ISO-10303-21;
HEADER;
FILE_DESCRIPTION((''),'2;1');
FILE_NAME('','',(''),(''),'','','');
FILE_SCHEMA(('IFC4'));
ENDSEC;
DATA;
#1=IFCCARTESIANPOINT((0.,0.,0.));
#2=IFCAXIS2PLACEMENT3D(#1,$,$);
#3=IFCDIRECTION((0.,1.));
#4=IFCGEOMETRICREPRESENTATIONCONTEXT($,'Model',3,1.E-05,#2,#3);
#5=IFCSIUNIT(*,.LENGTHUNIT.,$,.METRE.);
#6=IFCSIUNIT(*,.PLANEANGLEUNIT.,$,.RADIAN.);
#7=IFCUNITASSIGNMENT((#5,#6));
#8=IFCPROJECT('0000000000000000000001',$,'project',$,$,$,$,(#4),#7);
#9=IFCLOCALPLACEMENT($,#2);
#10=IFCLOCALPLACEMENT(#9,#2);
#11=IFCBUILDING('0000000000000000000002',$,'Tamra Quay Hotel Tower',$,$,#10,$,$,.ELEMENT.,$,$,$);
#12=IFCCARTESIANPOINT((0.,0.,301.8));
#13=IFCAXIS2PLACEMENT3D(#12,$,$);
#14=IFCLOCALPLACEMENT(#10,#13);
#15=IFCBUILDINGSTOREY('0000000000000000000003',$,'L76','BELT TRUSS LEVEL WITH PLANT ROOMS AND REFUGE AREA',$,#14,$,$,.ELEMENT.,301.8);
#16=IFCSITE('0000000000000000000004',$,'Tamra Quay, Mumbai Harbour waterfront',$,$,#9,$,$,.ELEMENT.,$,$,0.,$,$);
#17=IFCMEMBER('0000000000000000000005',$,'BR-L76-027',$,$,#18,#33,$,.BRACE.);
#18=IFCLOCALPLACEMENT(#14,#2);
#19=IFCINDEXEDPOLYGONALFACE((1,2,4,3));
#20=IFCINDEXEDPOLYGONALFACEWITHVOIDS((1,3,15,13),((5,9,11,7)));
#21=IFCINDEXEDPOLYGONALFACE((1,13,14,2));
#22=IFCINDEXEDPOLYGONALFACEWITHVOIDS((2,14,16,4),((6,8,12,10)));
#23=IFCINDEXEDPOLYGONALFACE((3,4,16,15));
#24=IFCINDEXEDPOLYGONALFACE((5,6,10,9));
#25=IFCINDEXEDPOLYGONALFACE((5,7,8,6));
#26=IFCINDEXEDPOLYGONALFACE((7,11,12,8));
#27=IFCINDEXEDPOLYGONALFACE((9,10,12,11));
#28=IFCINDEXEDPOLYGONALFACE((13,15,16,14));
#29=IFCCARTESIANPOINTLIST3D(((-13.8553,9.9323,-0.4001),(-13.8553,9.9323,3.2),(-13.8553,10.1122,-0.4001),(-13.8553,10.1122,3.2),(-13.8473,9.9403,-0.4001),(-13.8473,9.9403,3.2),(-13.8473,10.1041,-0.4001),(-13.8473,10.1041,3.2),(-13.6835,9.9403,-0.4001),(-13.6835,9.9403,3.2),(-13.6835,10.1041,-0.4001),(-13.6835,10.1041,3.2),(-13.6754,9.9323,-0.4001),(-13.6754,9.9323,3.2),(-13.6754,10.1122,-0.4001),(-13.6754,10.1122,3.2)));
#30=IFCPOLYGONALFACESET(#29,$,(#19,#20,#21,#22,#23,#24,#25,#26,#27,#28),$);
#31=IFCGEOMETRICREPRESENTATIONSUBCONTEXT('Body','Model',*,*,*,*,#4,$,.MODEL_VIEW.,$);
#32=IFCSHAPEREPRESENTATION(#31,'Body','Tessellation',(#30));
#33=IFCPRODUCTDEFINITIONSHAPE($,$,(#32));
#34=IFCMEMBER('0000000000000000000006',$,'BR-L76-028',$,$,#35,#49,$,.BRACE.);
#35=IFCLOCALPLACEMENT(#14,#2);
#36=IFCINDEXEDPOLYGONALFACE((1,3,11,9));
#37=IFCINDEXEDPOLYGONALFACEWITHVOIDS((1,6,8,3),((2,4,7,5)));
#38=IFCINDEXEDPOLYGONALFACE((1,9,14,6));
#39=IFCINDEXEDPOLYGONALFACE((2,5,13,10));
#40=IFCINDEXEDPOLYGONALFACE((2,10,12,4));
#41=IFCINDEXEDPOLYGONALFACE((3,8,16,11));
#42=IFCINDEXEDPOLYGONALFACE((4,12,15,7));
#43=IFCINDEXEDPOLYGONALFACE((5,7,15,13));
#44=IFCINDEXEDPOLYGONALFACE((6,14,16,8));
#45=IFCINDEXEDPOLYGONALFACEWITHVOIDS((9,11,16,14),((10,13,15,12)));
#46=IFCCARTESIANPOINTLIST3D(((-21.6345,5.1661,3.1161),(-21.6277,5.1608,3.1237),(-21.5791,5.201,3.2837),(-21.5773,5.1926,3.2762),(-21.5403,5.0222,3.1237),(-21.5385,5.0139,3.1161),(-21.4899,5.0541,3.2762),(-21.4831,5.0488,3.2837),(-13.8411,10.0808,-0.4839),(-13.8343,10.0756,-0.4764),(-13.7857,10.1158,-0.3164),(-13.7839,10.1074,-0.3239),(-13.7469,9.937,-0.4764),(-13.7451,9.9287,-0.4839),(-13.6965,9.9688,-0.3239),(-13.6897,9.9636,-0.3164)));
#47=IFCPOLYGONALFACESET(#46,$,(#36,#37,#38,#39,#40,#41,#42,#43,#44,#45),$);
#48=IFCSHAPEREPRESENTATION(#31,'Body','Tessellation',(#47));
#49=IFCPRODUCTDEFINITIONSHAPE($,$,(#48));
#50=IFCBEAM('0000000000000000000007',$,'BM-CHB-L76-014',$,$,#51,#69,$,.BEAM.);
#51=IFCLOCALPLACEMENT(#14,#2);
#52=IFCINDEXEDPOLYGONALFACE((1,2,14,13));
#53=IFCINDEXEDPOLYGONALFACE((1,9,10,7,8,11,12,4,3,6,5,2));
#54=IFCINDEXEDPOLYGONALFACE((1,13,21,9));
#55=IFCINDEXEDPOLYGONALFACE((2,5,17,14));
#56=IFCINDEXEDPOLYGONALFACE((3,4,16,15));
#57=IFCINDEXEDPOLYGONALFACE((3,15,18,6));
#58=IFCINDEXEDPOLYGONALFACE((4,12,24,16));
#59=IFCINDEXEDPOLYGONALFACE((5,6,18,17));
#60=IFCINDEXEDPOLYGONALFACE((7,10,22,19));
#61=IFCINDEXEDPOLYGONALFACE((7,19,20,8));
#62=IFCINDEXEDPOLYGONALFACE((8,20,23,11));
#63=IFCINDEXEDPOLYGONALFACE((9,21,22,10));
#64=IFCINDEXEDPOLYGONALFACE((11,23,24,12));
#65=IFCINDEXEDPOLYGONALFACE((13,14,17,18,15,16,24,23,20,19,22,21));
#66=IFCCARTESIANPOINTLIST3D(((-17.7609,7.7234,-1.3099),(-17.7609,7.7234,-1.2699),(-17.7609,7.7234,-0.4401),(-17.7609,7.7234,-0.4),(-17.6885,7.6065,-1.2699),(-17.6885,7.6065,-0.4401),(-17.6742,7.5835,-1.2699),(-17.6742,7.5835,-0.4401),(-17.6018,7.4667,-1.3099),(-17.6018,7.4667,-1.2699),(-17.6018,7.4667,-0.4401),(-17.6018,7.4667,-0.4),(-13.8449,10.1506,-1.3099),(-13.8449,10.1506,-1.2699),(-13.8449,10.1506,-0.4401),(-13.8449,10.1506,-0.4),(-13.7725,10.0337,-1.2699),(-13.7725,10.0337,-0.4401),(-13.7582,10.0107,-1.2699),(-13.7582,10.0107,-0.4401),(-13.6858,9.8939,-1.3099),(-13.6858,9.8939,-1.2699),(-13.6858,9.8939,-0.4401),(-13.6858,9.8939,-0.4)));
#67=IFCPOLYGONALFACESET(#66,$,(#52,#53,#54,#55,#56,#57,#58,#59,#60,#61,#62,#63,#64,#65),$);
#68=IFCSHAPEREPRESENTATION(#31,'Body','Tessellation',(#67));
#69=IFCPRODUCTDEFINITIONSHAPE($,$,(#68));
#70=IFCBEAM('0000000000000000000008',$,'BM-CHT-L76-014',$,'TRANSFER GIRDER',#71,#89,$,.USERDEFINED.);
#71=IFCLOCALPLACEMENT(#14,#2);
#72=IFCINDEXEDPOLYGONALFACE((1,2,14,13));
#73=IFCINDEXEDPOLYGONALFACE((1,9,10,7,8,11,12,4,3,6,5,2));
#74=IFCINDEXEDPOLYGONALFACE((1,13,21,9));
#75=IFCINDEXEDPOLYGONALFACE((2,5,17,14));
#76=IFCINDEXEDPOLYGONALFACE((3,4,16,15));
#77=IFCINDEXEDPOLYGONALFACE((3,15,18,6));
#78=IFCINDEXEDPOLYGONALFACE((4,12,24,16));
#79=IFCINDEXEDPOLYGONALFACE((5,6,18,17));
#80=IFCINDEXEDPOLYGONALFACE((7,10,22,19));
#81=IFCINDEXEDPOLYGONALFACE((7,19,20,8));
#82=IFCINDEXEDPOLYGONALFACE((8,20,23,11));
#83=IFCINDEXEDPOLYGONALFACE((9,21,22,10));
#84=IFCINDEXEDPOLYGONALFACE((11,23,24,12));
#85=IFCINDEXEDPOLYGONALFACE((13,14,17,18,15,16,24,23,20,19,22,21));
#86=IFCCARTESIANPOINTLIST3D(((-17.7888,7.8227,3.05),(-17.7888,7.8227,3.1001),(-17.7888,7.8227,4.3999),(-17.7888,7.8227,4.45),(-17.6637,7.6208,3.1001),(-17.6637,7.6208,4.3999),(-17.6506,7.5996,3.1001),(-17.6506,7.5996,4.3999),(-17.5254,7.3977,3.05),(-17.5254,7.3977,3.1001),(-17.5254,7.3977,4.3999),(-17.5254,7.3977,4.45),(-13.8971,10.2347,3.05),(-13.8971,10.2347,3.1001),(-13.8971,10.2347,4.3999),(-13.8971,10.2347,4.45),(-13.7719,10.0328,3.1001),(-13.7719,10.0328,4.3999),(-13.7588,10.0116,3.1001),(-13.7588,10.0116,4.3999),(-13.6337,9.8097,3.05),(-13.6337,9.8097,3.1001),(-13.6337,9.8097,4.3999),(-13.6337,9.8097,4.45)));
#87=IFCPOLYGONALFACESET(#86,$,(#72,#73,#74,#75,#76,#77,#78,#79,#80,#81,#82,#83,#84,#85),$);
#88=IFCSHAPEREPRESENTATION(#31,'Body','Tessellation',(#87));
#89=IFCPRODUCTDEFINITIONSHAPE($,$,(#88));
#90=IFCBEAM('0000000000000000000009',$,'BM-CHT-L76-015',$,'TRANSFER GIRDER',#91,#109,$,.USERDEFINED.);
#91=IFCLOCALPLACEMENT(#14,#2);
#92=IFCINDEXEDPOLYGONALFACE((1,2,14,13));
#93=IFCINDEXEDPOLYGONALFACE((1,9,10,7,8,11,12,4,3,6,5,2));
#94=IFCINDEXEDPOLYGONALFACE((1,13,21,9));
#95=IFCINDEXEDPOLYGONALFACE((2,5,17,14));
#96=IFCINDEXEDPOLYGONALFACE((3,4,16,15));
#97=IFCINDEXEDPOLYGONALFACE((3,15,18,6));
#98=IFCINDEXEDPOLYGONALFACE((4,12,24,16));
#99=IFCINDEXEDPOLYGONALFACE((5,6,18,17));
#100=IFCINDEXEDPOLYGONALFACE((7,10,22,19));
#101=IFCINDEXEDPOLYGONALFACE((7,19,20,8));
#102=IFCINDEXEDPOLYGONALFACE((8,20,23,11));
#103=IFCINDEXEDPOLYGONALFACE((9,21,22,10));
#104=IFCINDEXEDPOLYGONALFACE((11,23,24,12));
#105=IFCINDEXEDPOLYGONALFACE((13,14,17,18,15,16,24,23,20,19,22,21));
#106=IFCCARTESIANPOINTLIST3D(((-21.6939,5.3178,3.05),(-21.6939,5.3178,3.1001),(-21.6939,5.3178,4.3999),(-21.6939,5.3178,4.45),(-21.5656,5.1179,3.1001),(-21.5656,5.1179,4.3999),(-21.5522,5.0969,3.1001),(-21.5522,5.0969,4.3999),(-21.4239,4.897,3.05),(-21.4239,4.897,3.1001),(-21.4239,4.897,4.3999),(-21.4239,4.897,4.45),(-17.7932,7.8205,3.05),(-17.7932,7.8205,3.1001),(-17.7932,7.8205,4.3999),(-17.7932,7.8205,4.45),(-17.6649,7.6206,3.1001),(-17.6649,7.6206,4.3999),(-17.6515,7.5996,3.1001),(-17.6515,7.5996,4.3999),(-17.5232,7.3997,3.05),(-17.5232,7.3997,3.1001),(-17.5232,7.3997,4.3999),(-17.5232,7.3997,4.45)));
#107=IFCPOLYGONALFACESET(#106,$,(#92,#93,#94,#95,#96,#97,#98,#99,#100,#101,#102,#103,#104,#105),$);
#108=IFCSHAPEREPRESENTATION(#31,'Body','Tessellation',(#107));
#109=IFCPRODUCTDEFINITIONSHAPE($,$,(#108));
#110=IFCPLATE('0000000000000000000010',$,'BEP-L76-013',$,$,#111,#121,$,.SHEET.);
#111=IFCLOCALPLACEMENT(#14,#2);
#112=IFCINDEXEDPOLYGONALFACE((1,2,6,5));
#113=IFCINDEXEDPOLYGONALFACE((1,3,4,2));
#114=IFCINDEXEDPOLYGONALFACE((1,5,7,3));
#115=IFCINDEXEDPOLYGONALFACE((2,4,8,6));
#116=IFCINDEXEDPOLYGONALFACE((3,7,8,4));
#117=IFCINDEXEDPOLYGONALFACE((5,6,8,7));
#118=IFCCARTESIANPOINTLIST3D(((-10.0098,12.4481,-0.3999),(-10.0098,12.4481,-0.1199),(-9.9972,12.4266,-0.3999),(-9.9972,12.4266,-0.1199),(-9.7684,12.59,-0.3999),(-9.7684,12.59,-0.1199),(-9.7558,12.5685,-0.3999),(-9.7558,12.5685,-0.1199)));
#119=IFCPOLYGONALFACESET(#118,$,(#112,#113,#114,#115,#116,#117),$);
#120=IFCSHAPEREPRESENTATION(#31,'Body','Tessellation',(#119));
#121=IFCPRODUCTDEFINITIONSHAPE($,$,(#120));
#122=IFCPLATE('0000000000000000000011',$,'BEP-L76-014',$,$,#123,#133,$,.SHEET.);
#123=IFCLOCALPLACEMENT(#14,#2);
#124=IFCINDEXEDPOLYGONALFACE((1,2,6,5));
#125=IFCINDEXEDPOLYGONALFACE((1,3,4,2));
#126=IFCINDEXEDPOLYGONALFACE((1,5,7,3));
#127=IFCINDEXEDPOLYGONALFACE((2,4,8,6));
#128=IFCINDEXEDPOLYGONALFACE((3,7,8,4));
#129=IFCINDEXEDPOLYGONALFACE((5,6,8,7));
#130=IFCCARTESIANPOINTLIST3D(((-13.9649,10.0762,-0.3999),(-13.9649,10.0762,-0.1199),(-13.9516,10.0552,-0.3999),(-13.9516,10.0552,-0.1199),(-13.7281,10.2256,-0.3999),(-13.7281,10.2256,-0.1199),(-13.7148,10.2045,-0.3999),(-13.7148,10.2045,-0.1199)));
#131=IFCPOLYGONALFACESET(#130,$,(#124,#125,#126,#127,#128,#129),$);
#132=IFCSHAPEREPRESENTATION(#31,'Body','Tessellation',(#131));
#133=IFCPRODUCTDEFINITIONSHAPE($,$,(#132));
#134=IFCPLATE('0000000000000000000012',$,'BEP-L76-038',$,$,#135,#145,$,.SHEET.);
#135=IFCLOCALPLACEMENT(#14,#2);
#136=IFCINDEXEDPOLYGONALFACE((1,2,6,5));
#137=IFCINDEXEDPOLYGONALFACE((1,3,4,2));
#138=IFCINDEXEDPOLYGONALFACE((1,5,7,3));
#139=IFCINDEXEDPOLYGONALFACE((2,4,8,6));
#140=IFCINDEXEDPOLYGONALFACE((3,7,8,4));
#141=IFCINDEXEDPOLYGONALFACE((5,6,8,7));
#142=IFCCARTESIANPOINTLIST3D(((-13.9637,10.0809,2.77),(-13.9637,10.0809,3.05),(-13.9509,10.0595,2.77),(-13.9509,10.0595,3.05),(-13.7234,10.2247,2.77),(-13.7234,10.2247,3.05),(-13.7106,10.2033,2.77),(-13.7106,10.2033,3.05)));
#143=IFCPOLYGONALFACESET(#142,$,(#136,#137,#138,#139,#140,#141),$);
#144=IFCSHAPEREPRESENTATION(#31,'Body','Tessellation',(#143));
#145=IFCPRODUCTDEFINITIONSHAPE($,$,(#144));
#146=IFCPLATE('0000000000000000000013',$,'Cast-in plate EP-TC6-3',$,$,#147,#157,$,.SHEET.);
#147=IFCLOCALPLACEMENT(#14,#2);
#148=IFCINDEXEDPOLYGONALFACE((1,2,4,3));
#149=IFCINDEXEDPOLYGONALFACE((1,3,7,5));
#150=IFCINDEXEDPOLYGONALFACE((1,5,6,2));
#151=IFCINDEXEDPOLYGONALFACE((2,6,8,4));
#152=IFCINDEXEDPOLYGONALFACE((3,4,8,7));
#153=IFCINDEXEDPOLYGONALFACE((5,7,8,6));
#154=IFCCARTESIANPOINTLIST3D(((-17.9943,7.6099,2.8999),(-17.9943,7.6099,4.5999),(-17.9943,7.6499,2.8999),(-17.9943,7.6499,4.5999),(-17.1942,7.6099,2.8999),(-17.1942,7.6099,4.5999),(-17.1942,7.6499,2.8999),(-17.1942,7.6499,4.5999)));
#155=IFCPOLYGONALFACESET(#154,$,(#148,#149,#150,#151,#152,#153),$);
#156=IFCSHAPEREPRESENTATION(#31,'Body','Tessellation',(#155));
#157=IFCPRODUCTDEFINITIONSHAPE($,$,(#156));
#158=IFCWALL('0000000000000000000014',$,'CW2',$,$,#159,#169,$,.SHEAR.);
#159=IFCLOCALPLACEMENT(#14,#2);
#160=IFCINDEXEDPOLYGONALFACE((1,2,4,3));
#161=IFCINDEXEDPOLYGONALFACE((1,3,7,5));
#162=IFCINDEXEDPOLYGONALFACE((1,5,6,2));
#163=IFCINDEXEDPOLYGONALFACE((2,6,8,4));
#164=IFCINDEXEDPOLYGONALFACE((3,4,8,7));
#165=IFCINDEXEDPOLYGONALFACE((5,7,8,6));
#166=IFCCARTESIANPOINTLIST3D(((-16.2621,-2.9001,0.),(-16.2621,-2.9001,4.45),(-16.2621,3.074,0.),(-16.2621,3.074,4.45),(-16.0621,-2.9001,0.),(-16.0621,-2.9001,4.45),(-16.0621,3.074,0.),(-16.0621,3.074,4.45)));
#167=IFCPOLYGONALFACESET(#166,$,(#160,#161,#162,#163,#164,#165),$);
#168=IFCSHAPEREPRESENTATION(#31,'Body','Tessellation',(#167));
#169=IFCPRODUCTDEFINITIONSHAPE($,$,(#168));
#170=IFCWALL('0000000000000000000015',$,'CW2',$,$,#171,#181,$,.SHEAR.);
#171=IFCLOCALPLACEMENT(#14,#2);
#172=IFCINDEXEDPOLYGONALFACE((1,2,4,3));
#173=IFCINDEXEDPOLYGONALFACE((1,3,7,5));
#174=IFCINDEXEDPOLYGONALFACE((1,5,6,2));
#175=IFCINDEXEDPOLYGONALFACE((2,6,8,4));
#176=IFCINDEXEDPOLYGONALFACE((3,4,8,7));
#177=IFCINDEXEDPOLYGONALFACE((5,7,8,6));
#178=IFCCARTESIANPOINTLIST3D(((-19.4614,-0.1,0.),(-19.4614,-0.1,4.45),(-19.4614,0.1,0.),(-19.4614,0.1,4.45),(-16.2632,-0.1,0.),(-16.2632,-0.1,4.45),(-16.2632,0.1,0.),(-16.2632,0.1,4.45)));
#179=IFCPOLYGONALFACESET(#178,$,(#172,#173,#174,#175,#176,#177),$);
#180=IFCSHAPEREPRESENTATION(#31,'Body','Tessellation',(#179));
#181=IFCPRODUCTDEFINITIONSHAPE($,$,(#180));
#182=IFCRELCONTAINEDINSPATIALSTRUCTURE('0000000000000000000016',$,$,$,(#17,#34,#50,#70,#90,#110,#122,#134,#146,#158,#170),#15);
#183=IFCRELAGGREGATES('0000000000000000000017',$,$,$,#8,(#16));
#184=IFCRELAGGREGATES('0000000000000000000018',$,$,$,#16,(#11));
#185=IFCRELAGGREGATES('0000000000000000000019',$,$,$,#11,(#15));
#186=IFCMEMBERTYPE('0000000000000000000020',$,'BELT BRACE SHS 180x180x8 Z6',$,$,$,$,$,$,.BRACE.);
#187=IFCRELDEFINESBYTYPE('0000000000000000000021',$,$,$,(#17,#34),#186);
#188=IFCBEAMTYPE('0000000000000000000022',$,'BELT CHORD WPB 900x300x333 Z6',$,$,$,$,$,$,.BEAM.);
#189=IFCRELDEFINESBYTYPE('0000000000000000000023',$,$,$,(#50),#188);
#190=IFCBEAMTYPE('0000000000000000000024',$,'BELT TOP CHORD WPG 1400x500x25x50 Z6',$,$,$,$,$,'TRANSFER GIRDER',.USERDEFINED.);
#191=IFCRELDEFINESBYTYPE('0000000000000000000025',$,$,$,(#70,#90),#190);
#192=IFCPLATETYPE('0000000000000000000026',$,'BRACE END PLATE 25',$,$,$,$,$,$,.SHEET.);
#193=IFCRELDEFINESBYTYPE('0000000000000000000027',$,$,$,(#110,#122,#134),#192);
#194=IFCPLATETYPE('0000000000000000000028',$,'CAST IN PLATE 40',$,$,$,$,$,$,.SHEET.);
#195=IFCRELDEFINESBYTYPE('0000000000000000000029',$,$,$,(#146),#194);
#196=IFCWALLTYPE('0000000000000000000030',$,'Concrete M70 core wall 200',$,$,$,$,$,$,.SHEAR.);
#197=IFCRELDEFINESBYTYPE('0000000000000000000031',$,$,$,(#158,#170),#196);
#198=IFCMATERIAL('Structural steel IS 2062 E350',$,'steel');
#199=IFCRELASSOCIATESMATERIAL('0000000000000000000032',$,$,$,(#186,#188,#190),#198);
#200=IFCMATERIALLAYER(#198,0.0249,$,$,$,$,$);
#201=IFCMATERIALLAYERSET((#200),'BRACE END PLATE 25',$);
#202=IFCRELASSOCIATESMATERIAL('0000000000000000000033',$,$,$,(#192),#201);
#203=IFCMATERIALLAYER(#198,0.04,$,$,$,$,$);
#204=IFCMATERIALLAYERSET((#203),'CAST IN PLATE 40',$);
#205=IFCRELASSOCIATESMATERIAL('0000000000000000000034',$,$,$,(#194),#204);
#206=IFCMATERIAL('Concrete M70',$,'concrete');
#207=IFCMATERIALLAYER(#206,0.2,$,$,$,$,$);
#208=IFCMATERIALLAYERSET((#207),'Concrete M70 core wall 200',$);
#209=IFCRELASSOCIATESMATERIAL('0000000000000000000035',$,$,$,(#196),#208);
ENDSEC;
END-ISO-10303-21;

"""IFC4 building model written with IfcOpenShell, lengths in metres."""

from ifc_helpers import new_model, si_unit, direction, frame, frame_2d, origin, origin_2d, place, context, subcontext, project, spatial, rectangle, hollow_rectangle, i_section, extrude, material, layer, layer_set, material_profile, profile_set, type_object, element, save


model = new_model("IFC4")

# Units and contexts
model_context = context("Model", 3, precision=1e-05, world=origin(), true_north=direction((0.0, 1.0)))
body_context = subcontext(model_context, "Body", "Model", "MODEL_VIEW")
ifc_project = project(units=[si_unit("LENGTHUNIT", "METRE"), si_unit("PLANEANGLEUNIT", "RADIAN")], contexts=[model_context])

# Site, building, storey
site_placement = place(None, origin())
site = spatial("IfcSite", under=ifc_project, at=site_placement, Name="Tamra Quay, Mumbai Harbour waterfront", CompositionType="ELEMENT", RefElevation=0.0)
building_placement = place(site_placement, origin())
building = spatial("IfcBuilding", under=site, at=building_placement, Name="Tamra Quay Hotel Tower", CompositionType="ELEMENT")
storey_placement = place(building_placement, frame((0.0, 0.0, 301.8)))
storey = spatial("IfcBuildingStorey", under=building, at=storey_placement, Name="L76", Description="BELT TRUSS LEVEL WITH PLANT ROOMS AND REFUGE AREA", CompositionType="ELEMENT", Elevation=301.8)

# Members
ifc_material_1 = material(Name="Structural steel IS 2062 E350", Category="steel")
ifc_material_profile_1 = material_profile(ifc_material_1, hollow_rectangle(XDim=0.1799, YDim=0.1799, WallThickness=0.0081, at=origin_2d()), Name="SHS 180x180x8")
ifc_profile_set_1 = profile_set([ifc_material_profile_1], Name="Structural steel IS 2062 E350")
member_type = type_object("IfcMemberType", Name="BELT BRACE SHS 180x180x8 Z6", PredefinedType="BRACE", material=ifc_profile_set_1)
member_1_placement = place(storey_placement, frame((-13.7654, 10.0222, -0.4001), z_axis=(0.0, 0.0, 1.0), x_axis=(1.0, 0.0, 0.0)))
element("IfcMember", 1, at=member_1_placement, inside=storey, type_object=member_type, Name="BR-L76-027", PredefinedType="BRACE", context=body_context, shape_type="SweptSolid", body=[
    extrude(hollow_rectangle(XDim=0.1799, YDim=0.1799, WallThickness=0.0081, at=origin_2d()), origin(), (0.0, 0.0, 1.0), 3.6001),
])
member_2_placement = place(storey_placement, frame((-13.7654, 10.0222, -0.4001), z_axis=(-0.787846, -0.49684, 0.363936), x_axis=(0.53342, -0.845851, 0.0)))
element("IfcMember", 2, at=member_2_placement, inside=storey, type_object=member_type, Name="BR-L76-028", PredefinedType="BRACE", context=body_context, shape_type="SweptSolid", body=[
    extrude(hollow_rectangle(XDim=0.1799, YDim=0.1799, WallThickness=0.0081, at=origin_2d()), origin(), (0.0, 0.0, 1.0), 9.8921),
])

# Beams
ifc_material_profile_2 = material_profile(ifc_material_1, i_section(OverallWidth=0.302, OverallDepth=0.9099, WebThickness=0.0271, FlangeThickness=0.04, at=origin_2d()), Name="WPB 900x300x333")
ifc_profile_set_2 = profile_set([ifc_material_profile_2], Name="Structural steel IS 2062 E350")
beam_type_1 = type_object("IfcBeamType", Name="BELT CHORD WPB 900x300x333 Z6", PredefinedType="BEAM", material=ifc_profile_set_2)
beam_1_placement = place(storey_placement, frame((-13.7654, 10.0222, -0.855), z_axis=(-0.849969, -0.526832, 0.0), x_axis=(0.526832, -0.849969, 0.0)))
element("IfcBeam", 3, at=beam_1_placement, inside=storey, type_object=beam_type_1, Name="BM-CHB-L76-014", PredefinedType="BEAM", context=body_context, shape_type="SweptSolid", body=[
    extrude(i_section(OverallWidth=0.302, OverallDepth=0.9099, WebThickness=0.0271, FlangeThickness=0.04, at=origin_2d()), origin(), (0.0, 0.0, 1.0), 4.6072),
])
ifc_material_profile_3 = material_profile(ifc_material_1, i_section(OverallWidth=0.5, OverallDepth=1.3999, WebThickness=0.0249, FlangeThickness=0.05, at=origin_2d()), Name="WPG 1400x500x25x50")
ifc_profile_set_3 = profile_set([ifc_material_profile_3], Name="Structural steel IS 2062 E350")
beam_type_2 = type_object("IfcBeamType", Name="BELT TOP CHORD WPG 1400x500x25x50 Z6", ElementType="TRANSFER GIRDER", PredefinedType="USERDEFINED", material=ifc_profile_set_3)
beam_2_placement = place(storey_placement, frame((-13.7654, 10.0222, 3.75), z_axis=(-0.849984, -0.526808, 0.0), x_axis=(0.526808, -0.849984, 0.0)))
element("IfcBeam", 4, at=beam_2_placement, inside=storey, type_object=beam_type_2, Name="BM-CHT-L76-014", ObjectType="TRANSFER GIRDER", PredefinedType="USERDEFINED", context=body_context, shape_type="SweptSolid", body=[
    extrude(i_section(OverallWidth=0.5, OverallDepth=1.3999, WebThickness=0.0249, FlangeThickness=0.05, at=origin_2d()), origin(), (0.0, 0.0, 1.0), 4.5786),
])
beam_3_placement = place(storey_placement, frame((-17.6582, 7.6101, 3.75), z_axis=(-0.841656, -0.540015, 0.0), x_axis=(0.540015, -0.841656, 0.0)))
element("IfcBeam", 5, at=beam_3_placement, inside=storey, type_object=beam_type_2, Name="BM-CHT-L76-015", ObjectType="TRANSFER GIRDER", PredefinedType="USERDEFINED", context=body_context, shape_type="SweptSolid", body=[
    extrude(i_section(OverallWidth=0.5, OverallDepth=1.3999, WebThickness=0.0249, FlangeThickness=0.05, at=origin_2d()), origin(), (0.0, 0.0, 1.0), 4.6345),
])

# Plates
ifc_layer_1 = layer(ifc_material_1, 0.0249)
ifc_layer_set_1 = layer_set([ifc_layer_1], Name="BRACE END PLATE 25")
plate_type_1 = type_object("IfcPlateType", Name="BRACE END PLATE 25", PredefinedType="SHEET", material=ifc_layer_set_1)
for number, where, z_axis, x_axis, name in (
    (6, (-9.8828, 12.5083, -0.3999), (0.0, 0.0, 1.0), (-0.506753, 0.862091, 0.0), "BEP-L76-013"),
    (7, (-13.8398, 10.1404, -0.3999), (0.0, 0.0, 1.0), (-0.533421, 0.84585, 0.0), "BEP-L76-014"),
    (8, (-13.8372, 10.1421, 2.77), (0.0, 0.0, 1.0), (-0.513477, 0.858103, 0.0), "BEP-L76-038"),
):
    element("IfcPlate", number, at=place(storey_placement, frame(where, z_axis=z_axis, x_axis=x_axis)), inside=storey, type_object=plate_type_1, Name=name, PredefinedType="SHEET", context=body_context, shape_type="SweptSolid", body=[
        extrude(rectangle(XDim=0.0249, YDim=0.28, at=origin_2d()), origin(), (0.0, 0.0, 1.0), 0.28),
    ])
ifc_layer_2 = layer(ifc_material_1, 0.04)
ifc_layer_set_2 = layer_set([ifc_layer_2], Name="CAST IN PLATE 40")
plate_type_2 = type_object("IfcPlateType", Name="CAST IN PLATE 40", PredefinedType="SHEET", material=ifc_layer_set_2)
plate_placement = place(storey_placement, frame((-17.5942, 7.6299, 2.8999), z_axis=(0.0, 0.0, 1.0), x_axis=(0.0, -1.0, 0.0)))
element("IfcPlate", 9, at=plate_placement, inside=storey, type_object=plate_type_2, Name="Cast-in plate EP-TC6-3", PredefinedType="SHEET", context=body_context, shape_type="SweptSolid", body=[
    extrude(rectangle(XDim=0.04, YDim=0.8, at=origin_2d()), origin(), (0.0, 0.0, 1.0), 1.7),
])

# Walls
ifc_material_2 = material(Name="Concrete M70", Category="concrete")
ifc_layer_3 = layer(ifc_material_2, 0.2)
ifc_layer_set_3 = layer_set([ifc_layer_3], Name="Concrete M70 core wall 200")
wall_type_1 = type_object("IfcWallType", Name="Concrete M70 core wall 200", PredefinedType="SHEAR", material=ifc_layer_set_3)
wall_1_placement = place(storey_placement, frame((-16.1621, 3.074, 0.0), z_axis=(0.0, 0.0, 1.0), x_axis=(0.0, -1.0, 0.0)))
element("IfcWall", 10, at=wall_1_placement, inside=storey, type_object=wall_type_1, Name="CW2", PredefinedType="SHEAR", context=body_context, shape_type="SweptSolid", body=[
    extrude(rectangle(XDim=5.9741, YDim=0.2, at=frame_2d((2.9871, 0.0))), origin(), (0.0, 0.0, 1.0), 4.45),
])
wall_2_placement = place(storey_placement, frame((-16.2632, 0.0, 0.0), z_axis=(0.0, 0.0, 1.0), x_axis=(-1.0, 0.0, 0.0)))
element("IfcWall", 11, at=wall_2_placement, inside=storey, type_object=wall_type_1, Name="CW2", PredefinedType="SHEAR", context=body_context, shape_type="SweptSolid", body=[
    extrude(rectangle(XDim=3.1982, YDim=0.2, at=frame_2d((1.5991, 0.0))), origin(), (0.0, 0.0, 1.0), 4.45),
])

save(model, "model.ifc")
